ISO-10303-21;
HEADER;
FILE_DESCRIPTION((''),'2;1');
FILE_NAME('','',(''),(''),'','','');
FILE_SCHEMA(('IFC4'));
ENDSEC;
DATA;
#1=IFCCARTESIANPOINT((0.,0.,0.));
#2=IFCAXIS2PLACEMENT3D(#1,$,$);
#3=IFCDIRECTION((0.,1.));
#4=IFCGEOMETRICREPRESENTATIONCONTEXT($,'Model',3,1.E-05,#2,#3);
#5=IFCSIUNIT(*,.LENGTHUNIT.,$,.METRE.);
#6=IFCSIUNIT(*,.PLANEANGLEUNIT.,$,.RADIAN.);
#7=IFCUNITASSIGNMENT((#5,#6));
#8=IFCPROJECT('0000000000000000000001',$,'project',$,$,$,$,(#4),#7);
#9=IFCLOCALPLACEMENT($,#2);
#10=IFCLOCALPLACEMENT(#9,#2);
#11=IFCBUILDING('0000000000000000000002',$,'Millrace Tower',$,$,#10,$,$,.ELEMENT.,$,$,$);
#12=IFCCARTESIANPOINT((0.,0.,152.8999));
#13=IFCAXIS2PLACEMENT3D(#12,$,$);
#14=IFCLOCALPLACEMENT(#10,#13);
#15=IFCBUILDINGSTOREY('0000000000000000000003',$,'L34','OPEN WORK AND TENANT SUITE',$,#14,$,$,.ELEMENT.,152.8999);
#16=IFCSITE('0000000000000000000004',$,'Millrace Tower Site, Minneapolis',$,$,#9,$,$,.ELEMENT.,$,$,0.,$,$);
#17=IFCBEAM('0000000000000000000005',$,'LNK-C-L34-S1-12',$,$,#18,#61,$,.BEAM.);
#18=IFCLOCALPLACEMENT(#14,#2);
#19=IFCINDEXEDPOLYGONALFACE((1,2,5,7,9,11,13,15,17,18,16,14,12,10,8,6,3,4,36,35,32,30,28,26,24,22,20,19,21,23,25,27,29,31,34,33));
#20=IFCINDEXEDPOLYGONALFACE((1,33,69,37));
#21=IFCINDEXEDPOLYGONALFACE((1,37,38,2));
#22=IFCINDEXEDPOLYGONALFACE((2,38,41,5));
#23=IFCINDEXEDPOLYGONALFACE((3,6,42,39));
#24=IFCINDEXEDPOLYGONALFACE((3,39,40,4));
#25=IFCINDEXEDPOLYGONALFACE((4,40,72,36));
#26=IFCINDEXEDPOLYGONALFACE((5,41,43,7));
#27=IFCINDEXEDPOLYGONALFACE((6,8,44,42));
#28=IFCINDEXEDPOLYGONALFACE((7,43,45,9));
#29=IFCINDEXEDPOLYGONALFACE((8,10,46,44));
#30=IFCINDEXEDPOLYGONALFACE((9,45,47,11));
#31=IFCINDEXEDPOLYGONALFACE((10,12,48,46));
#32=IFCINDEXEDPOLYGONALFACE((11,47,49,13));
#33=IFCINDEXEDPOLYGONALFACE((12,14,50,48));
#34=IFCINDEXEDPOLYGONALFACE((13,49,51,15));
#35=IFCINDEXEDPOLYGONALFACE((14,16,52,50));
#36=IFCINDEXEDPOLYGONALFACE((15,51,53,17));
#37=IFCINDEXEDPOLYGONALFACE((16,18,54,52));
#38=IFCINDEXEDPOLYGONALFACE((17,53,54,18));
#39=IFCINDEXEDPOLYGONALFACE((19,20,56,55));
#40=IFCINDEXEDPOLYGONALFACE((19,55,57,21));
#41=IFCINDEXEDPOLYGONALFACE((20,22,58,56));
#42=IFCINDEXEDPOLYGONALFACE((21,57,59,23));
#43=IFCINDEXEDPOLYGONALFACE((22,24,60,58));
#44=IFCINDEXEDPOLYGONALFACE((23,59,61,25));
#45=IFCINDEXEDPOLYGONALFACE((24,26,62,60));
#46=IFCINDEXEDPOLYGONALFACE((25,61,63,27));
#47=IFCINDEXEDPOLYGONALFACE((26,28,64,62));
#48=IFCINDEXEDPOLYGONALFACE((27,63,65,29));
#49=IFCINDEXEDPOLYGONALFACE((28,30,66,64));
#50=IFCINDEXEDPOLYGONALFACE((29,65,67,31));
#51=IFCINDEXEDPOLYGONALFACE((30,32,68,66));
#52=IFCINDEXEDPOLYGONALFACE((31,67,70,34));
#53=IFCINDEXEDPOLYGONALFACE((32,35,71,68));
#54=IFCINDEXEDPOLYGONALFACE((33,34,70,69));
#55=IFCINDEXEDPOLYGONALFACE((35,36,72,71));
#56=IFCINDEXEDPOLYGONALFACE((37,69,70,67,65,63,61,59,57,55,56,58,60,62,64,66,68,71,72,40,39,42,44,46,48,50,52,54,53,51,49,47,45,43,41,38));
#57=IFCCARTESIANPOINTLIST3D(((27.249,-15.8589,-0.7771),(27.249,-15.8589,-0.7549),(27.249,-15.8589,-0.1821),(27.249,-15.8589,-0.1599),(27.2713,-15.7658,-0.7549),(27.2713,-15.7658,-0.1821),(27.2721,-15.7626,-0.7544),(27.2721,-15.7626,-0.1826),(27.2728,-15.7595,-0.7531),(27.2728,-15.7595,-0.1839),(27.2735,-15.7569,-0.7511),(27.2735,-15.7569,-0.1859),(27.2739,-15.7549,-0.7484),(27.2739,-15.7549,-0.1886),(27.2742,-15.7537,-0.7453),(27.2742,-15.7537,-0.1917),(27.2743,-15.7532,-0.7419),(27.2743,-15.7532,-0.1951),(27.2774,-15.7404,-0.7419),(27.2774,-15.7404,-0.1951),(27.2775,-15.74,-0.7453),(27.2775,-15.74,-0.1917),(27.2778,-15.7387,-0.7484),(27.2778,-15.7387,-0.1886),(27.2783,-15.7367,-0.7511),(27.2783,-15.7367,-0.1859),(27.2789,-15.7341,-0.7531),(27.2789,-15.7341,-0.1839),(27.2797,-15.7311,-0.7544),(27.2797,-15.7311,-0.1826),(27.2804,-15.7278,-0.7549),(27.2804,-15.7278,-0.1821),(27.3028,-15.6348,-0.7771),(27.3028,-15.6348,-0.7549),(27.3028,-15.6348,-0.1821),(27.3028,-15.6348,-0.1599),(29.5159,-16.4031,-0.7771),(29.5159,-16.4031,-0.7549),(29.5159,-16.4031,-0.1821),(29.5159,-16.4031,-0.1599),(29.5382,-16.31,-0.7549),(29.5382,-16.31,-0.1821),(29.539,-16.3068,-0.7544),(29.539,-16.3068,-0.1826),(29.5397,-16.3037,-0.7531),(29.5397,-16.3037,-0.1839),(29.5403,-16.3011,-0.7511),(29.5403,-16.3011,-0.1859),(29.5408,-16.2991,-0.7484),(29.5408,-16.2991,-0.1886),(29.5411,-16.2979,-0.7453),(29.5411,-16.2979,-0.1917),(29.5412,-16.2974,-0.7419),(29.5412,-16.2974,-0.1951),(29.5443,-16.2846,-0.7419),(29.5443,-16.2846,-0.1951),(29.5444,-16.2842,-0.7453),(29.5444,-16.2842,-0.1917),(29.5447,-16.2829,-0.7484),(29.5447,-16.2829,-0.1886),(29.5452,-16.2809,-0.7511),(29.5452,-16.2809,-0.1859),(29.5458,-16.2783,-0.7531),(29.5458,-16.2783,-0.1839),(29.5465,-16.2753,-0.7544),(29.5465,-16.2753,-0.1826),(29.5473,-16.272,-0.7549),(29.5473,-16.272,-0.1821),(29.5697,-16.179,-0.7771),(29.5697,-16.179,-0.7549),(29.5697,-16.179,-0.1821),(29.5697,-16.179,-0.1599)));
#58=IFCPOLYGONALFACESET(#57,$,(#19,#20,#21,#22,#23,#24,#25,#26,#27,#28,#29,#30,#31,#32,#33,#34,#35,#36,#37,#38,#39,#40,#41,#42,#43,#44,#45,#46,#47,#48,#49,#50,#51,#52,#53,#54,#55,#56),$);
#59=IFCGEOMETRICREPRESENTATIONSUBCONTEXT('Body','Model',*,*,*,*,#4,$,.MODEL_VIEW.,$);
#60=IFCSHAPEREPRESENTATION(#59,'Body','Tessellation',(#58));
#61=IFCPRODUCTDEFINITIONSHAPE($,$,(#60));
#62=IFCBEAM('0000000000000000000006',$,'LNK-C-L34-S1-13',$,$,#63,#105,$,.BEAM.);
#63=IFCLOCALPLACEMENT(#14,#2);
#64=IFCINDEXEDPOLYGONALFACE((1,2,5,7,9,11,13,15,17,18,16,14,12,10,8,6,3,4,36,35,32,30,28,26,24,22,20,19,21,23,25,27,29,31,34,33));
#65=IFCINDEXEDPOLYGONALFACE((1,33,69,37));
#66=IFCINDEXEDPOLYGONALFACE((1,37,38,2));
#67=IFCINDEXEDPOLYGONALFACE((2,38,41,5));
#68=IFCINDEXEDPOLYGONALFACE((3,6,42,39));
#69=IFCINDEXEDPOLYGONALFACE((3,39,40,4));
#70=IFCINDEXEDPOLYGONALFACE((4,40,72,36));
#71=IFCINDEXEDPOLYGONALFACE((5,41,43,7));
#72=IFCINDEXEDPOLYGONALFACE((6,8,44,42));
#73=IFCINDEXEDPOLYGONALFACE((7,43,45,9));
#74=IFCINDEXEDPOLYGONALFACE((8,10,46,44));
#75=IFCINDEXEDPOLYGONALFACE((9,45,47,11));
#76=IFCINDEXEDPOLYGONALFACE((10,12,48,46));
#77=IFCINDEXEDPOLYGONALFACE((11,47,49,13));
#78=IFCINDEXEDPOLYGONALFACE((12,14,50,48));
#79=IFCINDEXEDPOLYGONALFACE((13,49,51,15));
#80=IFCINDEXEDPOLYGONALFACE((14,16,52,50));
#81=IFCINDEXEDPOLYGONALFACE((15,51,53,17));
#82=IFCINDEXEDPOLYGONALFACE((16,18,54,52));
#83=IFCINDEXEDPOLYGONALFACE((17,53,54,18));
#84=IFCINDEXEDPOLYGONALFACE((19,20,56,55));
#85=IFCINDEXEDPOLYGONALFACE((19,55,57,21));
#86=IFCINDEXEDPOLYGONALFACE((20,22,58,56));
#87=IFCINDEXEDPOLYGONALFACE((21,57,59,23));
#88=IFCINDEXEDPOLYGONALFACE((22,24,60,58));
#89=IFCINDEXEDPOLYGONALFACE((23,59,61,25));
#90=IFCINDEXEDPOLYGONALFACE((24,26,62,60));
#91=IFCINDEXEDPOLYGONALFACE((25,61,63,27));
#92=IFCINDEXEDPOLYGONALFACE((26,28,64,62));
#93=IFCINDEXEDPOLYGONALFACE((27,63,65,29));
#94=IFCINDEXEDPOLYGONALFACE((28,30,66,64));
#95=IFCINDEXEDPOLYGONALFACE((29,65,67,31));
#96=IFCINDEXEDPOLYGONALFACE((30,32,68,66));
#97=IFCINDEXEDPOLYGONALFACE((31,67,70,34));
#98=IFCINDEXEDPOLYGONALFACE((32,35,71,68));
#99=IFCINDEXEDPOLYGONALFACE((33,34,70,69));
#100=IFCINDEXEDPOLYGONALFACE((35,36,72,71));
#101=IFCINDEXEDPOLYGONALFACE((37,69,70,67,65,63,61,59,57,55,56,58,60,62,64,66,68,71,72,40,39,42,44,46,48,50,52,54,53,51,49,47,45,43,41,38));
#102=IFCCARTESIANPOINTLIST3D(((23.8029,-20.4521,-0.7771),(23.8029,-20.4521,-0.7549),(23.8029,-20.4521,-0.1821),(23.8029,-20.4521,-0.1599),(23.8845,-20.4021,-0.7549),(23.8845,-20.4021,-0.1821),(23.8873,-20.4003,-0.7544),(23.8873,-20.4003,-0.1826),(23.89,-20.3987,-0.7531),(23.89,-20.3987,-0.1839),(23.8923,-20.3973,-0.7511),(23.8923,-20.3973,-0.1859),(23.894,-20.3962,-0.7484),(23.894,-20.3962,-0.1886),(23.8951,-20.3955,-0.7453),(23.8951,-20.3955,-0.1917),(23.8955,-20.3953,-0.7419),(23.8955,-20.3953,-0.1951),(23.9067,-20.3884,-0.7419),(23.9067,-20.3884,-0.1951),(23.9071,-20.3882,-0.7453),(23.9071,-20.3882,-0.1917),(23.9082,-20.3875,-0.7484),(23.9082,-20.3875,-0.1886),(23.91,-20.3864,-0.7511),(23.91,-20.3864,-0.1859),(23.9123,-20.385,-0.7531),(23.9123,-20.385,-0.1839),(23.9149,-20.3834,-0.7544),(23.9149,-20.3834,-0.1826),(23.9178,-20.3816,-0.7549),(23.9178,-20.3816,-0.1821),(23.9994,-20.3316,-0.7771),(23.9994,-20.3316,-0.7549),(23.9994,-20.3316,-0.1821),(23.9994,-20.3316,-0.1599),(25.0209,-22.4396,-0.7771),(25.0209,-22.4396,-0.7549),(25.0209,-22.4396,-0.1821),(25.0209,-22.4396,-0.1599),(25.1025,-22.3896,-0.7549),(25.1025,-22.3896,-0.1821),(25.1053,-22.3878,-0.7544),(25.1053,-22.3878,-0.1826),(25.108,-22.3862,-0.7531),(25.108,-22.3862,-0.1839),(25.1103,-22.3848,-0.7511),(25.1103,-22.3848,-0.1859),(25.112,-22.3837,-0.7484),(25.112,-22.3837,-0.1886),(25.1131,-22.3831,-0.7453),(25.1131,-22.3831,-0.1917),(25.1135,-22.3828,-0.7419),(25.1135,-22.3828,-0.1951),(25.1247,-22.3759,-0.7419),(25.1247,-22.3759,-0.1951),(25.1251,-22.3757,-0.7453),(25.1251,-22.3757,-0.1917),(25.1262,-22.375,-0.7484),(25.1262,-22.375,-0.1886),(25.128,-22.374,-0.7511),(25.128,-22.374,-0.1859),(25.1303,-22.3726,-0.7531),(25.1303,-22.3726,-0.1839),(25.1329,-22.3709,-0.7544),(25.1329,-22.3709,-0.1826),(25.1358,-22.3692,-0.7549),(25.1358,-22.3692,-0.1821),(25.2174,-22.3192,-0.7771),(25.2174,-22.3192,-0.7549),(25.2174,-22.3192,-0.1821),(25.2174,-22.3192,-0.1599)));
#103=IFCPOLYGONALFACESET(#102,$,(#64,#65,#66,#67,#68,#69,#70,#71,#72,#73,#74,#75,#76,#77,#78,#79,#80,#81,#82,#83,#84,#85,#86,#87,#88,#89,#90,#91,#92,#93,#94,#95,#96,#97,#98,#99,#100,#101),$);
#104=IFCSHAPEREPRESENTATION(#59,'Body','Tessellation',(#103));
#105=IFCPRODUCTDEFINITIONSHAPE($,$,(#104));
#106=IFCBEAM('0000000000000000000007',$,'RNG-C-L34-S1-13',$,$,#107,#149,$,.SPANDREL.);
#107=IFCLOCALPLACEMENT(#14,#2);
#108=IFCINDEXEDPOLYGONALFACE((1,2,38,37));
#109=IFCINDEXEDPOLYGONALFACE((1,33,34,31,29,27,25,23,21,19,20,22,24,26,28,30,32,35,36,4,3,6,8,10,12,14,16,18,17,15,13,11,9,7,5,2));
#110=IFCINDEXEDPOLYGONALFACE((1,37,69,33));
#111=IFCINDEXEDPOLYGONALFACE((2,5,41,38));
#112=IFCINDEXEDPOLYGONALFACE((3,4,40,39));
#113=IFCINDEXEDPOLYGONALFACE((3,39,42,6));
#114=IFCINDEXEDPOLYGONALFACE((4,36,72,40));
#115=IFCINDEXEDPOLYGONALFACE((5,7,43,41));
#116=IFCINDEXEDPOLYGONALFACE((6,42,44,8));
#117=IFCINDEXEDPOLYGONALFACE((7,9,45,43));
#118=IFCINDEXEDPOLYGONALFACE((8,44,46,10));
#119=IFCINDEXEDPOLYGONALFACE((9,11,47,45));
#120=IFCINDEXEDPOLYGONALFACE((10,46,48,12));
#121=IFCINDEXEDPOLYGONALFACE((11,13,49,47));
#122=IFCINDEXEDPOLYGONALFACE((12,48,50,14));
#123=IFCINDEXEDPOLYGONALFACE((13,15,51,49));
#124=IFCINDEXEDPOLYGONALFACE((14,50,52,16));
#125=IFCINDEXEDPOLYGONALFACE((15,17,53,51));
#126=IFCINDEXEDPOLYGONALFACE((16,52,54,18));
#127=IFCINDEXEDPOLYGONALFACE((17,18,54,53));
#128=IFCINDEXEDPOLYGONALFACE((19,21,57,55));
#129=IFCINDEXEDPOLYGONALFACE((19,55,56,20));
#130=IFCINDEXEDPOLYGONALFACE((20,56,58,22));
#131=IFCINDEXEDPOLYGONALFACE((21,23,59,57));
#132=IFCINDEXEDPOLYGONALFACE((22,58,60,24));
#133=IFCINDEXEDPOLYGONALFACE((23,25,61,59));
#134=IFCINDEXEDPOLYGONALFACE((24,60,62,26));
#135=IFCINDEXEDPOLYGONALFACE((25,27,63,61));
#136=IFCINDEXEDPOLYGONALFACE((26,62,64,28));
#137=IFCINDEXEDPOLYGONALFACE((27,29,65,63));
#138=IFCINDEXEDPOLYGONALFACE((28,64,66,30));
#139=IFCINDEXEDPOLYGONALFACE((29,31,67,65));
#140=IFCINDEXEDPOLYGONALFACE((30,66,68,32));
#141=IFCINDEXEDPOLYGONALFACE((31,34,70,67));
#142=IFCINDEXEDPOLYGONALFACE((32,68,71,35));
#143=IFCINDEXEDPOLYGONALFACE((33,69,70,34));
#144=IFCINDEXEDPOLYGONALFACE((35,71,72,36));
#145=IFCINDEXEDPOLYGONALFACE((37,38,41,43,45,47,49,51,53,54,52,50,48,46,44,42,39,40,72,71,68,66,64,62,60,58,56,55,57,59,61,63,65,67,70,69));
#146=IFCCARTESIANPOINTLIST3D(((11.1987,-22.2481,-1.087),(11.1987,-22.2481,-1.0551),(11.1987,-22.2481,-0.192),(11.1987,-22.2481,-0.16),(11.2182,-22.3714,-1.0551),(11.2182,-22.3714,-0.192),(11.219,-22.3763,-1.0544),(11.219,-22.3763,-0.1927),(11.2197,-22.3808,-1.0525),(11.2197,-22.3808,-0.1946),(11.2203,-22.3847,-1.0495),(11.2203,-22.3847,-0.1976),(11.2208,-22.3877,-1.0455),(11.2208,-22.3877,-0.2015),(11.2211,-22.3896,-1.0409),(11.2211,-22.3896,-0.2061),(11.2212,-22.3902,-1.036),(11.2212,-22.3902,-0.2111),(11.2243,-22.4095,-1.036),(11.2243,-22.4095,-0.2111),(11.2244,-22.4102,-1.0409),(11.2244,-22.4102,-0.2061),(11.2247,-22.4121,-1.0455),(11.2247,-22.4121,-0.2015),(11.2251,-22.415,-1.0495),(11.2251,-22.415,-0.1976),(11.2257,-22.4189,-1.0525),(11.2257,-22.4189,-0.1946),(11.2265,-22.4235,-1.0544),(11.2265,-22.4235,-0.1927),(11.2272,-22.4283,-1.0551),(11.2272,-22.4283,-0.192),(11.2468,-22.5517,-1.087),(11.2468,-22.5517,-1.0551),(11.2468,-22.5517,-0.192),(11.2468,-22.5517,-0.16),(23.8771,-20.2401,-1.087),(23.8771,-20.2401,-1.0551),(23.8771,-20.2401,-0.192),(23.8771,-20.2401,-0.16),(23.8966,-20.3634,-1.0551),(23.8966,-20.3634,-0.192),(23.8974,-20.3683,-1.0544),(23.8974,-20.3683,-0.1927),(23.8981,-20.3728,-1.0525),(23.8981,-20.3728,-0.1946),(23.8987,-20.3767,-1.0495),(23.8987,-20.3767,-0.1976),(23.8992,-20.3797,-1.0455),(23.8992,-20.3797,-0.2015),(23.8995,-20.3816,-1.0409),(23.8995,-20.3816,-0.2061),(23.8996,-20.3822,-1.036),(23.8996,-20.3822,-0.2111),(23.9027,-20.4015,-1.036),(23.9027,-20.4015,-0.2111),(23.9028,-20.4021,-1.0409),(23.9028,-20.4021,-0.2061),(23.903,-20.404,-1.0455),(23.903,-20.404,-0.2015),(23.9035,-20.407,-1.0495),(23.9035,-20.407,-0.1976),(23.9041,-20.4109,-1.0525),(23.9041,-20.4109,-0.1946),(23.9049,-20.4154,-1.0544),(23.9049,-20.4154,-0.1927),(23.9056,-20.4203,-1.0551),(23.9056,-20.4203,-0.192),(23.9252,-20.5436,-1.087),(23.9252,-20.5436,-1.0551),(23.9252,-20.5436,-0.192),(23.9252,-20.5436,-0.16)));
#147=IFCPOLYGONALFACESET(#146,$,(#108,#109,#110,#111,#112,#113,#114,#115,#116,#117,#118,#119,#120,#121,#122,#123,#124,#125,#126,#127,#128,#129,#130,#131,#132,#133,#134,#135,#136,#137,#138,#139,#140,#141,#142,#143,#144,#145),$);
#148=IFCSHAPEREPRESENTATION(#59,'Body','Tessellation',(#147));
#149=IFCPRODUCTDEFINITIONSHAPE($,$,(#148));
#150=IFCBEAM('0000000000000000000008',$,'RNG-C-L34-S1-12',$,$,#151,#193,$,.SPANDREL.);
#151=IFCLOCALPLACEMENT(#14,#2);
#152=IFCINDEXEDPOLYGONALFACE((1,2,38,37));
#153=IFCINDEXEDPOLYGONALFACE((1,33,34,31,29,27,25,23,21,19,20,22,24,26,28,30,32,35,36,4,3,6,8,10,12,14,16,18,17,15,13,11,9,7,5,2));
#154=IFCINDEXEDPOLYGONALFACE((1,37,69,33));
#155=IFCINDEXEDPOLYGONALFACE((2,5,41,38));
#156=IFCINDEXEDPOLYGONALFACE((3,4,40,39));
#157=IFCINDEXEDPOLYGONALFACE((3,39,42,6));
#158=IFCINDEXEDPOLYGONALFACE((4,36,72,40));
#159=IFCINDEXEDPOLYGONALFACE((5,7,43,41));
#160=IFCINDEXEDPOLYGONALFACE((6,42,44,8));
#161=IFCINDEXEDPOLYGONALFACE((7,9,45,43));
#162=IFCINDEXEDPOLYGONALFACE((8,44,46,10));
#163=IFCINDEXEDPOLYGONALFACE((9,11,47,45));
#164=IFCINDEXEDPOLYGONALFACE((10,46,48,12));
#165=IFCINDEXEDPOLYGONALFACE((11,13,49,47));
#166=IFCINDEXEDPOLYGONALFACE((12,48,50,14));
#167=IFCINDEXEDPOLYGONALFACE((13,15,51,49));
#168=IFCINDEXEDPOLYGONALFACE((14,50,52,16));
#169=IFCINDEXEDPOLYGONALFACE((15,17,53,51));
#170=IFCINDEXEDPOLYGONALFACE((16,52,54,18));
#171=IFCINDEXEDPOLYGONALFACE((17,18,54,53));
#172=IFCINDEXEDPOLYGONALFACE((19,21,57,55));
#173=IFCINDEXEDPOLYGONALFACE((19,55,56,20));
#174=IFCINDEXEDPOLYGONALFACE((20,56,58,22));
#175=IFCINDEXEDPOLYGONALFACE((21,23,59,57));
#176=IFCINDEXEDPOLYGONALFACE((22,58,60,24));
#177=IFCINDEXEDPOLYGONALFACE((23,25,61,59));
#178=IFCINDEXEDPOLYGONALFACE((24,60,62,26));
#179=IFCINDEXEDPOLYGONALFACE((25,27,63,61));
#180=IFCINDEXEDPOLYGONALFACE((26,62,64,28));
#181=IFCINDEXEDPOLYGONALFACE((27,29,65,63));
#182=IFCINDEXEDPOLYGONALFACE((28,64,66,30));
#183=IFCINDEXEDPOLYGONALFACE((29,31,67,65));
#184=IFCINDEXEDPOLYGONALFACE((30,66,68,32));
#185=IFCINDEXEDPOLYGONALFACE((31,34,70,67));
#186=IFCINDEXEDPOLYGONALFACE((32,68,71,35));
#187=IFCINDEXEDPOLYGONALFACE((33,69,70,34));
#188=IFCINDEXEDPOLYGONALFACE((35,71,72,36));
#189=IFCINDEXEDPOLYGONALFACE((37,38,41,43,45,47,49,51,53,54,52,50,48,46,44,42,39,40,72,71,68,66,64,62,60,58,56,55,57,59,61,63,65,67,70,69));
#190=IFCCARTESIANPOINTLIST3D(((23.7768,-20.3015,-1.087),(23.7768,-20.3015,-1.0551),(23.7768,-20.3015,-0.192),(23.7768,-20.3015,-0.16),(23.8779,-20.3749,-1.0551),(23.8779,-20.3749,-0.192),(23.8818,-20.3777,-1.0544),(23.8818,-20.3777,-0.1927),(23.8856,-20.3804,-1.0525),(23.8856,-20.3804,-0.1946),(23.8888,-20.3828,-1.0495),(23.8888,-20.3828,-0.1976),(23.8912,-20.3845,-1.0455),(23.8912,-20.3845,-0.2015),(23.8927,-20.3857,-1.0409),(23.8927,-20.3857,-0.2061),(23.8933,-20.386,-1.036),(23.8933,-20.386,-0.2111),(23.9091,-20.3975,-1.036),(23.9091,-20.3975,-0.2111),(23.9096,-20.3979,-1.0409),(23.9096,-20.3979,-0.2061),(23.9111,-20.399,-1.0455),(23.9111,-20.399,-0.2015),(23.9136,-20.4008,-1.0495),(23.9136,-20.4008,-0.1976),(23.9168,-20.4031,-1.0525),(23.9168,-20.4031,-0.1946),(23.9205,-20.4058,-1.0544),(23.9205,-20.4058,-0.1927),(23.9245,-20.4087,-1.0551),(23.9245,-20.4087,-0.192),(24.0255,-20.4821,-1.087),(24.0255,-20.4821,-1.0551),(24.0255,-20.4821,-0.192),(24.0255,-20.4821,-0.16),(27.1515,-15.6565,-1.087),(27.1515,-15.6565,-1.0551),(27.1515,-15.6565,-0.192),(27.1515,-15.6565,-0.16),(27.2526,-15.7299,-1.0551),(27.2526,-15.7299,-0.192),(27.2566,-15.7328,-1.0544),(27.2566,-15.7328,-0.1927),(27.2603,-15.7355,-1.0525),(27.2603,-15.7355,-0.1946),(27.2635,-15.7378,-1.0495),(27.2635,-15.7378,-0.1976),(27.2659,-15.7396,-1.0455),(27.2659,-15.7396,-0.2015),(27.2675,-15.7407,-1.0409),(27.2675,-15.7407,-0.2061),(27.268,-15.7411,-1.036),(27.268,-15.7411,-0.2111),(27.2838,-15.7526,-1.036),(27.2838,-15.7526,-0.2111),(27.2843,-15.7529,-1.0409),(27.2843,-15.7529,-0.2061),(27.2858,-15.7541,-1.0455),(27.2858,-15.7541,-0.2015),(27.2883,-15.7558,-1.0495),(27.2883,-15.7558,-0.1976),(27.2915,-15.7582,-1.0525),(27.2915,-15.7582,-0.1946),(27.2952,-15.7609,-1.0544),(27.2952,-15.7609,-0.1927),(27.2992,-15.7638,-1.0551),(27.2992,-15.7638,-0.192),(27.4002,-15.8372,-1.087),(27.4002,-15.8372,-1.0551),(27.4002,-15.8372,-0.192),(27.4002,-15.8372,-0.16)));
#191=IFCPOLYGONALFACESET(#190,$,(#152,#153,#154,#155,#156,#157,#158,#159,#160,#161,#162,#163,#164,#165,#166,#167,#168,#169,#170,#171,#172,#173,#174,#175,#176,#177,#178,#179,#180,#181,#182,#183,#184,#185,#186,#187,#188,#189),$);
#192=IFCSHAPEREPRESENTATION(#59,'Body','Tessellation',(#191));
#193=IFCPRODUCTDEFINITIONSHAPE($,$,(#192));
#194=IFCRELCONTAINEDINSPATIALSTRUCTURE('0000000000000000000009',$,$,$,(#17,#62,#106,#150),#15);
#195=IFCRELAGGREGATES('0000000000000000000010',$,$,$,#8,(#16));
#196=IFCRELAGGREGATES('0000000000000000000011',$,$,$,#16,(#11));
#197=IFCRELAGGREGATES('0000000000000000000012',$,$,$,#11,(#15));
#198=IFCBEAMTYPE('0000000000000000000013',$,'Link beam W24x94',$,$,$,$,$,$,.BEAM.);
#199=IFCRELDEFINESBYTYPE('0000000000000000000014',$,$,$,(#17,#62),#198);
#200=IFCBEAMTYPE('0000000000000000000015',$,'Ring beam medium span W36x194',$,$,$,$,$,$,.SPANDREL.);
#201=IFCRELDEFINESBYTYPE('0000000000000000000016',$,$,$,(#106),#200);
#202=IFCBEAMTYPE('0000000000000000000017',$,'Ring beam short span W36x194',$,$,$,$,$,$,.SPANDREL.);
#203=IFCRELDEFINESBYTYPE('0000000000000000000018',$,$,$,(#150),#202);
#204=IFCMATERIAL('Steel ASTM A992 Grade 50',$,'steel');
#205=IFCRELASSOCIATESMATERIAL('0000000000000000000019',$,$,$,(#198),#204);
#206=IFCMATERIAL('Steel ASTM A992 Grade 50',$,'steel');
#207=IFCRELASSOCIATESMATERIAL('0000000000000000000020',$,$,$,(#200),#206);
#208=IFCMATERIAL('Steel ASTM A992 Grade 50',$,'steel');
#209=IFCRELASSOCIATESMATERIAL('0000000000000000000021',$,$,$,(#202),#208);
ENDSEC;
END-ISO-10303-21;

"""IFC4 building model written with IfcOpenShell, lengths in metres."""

from ifc_helpers import new_model, si_unit, direction, frame, origin, origin_2d, place, context, subcontext, project, spatial, i_section, extrude, material, material_profile, profile_set, type_object, element, save


model = new_model("IFC4")

# Units and contexts
model_context = context("Model", 3, precision=1e-05, world=origin(), true_north=direction((0.0, 1.0)))
body_context = subcontext(model_context, "Body", "Model", "MODEL_VIEW")
ifc_project = project(units=[si_unit("LENGTHUNIT", "METRE"), si_unit("PLANEANGLEUNIT", "RADIAN")], contexts=[model_context])

# Site, building, storey
site_placement = place(None, origin())
site = spatial("IfcSite", under=ifc_project, at=site_placement, Name="Millrace Tower Site, Minneapolis", CompositionType="ELEMENT", RefElevation=0.0)
building_placement = place(site_placement, origin())
building = spatial("IfcBuilding", under=site, at=building_placement, Name="Millrace Tower", CompositionType="ELEMENT")
storey_placement = place(building_placement, frame((0.0, 0.0, 152.8999)))
storey = spatial("IfcBuildingStorey", under=building, at=storey_placement, Name="L34", Description="OPEN WORK AND TENANT SUITE", CompositionType="ELEMENT", Elevation=152.8999)

# Beams
ifc_material_1 = material(Name="Steel ASTM A992 Grade 50", Category="steel")
ifc_material_profile_1 = material_profile(ifc_material_1, i_section(OverallWidth=0.2305, OverallDepth=0.6172, WebThickness=0.0132, FlangeThickness=0.0222, FilletRadius=0.0129, at=origin_2d()))
ifc_profile_set_1 = profile_set([ifc_material_profile_1], Name="Steel ASTM A992 Grade 50")
beam_type_1 = type_object("IfcBeamType", Name="Link beam W24x94", PredefinedType="BEAM", material=ifc_profile_set_1)
beam_1_placement = place(storey_placement, frame((27.2759, -15.7468, -0.4685), z_axis=(0.972373, -0.233432, 0.0), x_axis=(0.233432, 0.972373, 0.0)))
element("IfcBeam", 1, at=beam_1_placement, inside=storey, type_object=beam_type_1, Name="LNK-C-L34-S1-12", PredefinedType="BEAM", context=body_context, shape_type="SweptSolid", body=[
    extrude(i_section(OverallWidth=0.2305, OverallDepth=0.6172, WebThickness=0.0132, FlangeThickness=0.0222, FilletRadius=0.0129, at=origin_2d()), origin(), (0.0, 0.0, 1.0), 2.3313),
])
beam_2_placement = place(storey_placement, frame((23.9011, -20.3918, -0.4685), z_axis=(0.522513, -0.852631, 0.0), x_axis=(0.852631, 0.522513, 0.0)))
element("IfcBeam", 2, at=beam_2_placement, inside=storey, type_object=beam_type_1, Name="LNK-C-L34-S1-13", PredefinedType="BEAM", context=body_context, shape_type="SweptSolid", body=[
    extrude(i_section(OverallWidth=0.2305, OverallDepth=0.6172, WebThickness=0.0132, FlangeThickness=0.0222, FilletRadius=0.0129, at=origin_2d()), origin(), (0.0, 0.0, 1.0), 2.3311),
])
ifc_material_2 = material(Name="Steel ASTM A992 Grade 50", Category="steel")
ifc_material_profile_2 = material_profile(ifc_material_2, i_section(OverallWidth=0.3074, OverallDepth=0.927, WebThickness=0.0195, FlangeThickness=0.032, FilletRadius=0.019, at=origin_2d()))
ifc_profile_set_2 = profile_set([ifc_material_profile_2], Name="Steel ASTM A992 Grade 50")
beam_type_2 = type_object("IfcBeamType", Name="Ring beam medium span W36x194", PredefinedType="SPANDREL", material=ifc_profile_set_2)
beam_3_placement = place(storey_placement, frame((23.9011, -20.3918, -0.6235), z_axis=(-0.987689, -0.156433, 0.0), x_axis=(0.156433, -0.987689, 0.0)))
element("IfcBeam", 3, at=beam_3_placement, inside=storey, type_object=beam_type_2, Name="RNG-C-L34-S1-13", PredefinedType="SPANDREL", context=body_context, shape_type="SweptSolid", body=[
    extrude(i_section(OverallWidth=0.3074, OverallDepth=0.927, WebThickness=0.0195, FlangeThickness=0.032, FilletRadius=0.019, at=origin_2d()), origin(), (0.0, 0.0, 1.0), 12.8364),
])
ifc_material_3 = material(Name="Steel ASTM A992 Grade 50", Category="steel")
ifc_material_profile_3 = material_profile(ifc_material_3, i_section(OverallWidth=0.3074, OverallDepth=0.927, WebThickness=0.0195, FlangeThickness=0.032, FilletRadius=0.019, at=origin_2d()))
ifc_profile_set_3 = profile_set([ifc_material_profile_3], Name="Steel ASTM A992 Grade 50")
beam_type_3 = type_object("IfcBeamType", Name="Ring beam short span W36x194", PredefinedType="SPANDREL", material=ifc_profile_set_3)
beam_4_placement = place(storey_placement, frame((27.2759, -15.7468, -0.6235), z_axis=(-0.58778, -0.809021, 0.0), x_axis=(0.809021, -0.58778, 0.0)))
element("IfcBeam", 4, at=beam_4_placement, inside=storey, type_object=beam_type_3, Name="RNG-C-L34-S1-12", PredefinedType="SPANDREL", context=body_context, shape_type="SweptSolid", body=[
    extrude(i_section(OverallWidth=0.3074, OverallDepth=0.927, WebThickness=0.0195, FlangeThickness=0.032, FilletRadius=0.019, at=origin_2d()), origin(), (0.0, 0.0, 1.0), 5.7415),
])

save(model, "model.ifc")
